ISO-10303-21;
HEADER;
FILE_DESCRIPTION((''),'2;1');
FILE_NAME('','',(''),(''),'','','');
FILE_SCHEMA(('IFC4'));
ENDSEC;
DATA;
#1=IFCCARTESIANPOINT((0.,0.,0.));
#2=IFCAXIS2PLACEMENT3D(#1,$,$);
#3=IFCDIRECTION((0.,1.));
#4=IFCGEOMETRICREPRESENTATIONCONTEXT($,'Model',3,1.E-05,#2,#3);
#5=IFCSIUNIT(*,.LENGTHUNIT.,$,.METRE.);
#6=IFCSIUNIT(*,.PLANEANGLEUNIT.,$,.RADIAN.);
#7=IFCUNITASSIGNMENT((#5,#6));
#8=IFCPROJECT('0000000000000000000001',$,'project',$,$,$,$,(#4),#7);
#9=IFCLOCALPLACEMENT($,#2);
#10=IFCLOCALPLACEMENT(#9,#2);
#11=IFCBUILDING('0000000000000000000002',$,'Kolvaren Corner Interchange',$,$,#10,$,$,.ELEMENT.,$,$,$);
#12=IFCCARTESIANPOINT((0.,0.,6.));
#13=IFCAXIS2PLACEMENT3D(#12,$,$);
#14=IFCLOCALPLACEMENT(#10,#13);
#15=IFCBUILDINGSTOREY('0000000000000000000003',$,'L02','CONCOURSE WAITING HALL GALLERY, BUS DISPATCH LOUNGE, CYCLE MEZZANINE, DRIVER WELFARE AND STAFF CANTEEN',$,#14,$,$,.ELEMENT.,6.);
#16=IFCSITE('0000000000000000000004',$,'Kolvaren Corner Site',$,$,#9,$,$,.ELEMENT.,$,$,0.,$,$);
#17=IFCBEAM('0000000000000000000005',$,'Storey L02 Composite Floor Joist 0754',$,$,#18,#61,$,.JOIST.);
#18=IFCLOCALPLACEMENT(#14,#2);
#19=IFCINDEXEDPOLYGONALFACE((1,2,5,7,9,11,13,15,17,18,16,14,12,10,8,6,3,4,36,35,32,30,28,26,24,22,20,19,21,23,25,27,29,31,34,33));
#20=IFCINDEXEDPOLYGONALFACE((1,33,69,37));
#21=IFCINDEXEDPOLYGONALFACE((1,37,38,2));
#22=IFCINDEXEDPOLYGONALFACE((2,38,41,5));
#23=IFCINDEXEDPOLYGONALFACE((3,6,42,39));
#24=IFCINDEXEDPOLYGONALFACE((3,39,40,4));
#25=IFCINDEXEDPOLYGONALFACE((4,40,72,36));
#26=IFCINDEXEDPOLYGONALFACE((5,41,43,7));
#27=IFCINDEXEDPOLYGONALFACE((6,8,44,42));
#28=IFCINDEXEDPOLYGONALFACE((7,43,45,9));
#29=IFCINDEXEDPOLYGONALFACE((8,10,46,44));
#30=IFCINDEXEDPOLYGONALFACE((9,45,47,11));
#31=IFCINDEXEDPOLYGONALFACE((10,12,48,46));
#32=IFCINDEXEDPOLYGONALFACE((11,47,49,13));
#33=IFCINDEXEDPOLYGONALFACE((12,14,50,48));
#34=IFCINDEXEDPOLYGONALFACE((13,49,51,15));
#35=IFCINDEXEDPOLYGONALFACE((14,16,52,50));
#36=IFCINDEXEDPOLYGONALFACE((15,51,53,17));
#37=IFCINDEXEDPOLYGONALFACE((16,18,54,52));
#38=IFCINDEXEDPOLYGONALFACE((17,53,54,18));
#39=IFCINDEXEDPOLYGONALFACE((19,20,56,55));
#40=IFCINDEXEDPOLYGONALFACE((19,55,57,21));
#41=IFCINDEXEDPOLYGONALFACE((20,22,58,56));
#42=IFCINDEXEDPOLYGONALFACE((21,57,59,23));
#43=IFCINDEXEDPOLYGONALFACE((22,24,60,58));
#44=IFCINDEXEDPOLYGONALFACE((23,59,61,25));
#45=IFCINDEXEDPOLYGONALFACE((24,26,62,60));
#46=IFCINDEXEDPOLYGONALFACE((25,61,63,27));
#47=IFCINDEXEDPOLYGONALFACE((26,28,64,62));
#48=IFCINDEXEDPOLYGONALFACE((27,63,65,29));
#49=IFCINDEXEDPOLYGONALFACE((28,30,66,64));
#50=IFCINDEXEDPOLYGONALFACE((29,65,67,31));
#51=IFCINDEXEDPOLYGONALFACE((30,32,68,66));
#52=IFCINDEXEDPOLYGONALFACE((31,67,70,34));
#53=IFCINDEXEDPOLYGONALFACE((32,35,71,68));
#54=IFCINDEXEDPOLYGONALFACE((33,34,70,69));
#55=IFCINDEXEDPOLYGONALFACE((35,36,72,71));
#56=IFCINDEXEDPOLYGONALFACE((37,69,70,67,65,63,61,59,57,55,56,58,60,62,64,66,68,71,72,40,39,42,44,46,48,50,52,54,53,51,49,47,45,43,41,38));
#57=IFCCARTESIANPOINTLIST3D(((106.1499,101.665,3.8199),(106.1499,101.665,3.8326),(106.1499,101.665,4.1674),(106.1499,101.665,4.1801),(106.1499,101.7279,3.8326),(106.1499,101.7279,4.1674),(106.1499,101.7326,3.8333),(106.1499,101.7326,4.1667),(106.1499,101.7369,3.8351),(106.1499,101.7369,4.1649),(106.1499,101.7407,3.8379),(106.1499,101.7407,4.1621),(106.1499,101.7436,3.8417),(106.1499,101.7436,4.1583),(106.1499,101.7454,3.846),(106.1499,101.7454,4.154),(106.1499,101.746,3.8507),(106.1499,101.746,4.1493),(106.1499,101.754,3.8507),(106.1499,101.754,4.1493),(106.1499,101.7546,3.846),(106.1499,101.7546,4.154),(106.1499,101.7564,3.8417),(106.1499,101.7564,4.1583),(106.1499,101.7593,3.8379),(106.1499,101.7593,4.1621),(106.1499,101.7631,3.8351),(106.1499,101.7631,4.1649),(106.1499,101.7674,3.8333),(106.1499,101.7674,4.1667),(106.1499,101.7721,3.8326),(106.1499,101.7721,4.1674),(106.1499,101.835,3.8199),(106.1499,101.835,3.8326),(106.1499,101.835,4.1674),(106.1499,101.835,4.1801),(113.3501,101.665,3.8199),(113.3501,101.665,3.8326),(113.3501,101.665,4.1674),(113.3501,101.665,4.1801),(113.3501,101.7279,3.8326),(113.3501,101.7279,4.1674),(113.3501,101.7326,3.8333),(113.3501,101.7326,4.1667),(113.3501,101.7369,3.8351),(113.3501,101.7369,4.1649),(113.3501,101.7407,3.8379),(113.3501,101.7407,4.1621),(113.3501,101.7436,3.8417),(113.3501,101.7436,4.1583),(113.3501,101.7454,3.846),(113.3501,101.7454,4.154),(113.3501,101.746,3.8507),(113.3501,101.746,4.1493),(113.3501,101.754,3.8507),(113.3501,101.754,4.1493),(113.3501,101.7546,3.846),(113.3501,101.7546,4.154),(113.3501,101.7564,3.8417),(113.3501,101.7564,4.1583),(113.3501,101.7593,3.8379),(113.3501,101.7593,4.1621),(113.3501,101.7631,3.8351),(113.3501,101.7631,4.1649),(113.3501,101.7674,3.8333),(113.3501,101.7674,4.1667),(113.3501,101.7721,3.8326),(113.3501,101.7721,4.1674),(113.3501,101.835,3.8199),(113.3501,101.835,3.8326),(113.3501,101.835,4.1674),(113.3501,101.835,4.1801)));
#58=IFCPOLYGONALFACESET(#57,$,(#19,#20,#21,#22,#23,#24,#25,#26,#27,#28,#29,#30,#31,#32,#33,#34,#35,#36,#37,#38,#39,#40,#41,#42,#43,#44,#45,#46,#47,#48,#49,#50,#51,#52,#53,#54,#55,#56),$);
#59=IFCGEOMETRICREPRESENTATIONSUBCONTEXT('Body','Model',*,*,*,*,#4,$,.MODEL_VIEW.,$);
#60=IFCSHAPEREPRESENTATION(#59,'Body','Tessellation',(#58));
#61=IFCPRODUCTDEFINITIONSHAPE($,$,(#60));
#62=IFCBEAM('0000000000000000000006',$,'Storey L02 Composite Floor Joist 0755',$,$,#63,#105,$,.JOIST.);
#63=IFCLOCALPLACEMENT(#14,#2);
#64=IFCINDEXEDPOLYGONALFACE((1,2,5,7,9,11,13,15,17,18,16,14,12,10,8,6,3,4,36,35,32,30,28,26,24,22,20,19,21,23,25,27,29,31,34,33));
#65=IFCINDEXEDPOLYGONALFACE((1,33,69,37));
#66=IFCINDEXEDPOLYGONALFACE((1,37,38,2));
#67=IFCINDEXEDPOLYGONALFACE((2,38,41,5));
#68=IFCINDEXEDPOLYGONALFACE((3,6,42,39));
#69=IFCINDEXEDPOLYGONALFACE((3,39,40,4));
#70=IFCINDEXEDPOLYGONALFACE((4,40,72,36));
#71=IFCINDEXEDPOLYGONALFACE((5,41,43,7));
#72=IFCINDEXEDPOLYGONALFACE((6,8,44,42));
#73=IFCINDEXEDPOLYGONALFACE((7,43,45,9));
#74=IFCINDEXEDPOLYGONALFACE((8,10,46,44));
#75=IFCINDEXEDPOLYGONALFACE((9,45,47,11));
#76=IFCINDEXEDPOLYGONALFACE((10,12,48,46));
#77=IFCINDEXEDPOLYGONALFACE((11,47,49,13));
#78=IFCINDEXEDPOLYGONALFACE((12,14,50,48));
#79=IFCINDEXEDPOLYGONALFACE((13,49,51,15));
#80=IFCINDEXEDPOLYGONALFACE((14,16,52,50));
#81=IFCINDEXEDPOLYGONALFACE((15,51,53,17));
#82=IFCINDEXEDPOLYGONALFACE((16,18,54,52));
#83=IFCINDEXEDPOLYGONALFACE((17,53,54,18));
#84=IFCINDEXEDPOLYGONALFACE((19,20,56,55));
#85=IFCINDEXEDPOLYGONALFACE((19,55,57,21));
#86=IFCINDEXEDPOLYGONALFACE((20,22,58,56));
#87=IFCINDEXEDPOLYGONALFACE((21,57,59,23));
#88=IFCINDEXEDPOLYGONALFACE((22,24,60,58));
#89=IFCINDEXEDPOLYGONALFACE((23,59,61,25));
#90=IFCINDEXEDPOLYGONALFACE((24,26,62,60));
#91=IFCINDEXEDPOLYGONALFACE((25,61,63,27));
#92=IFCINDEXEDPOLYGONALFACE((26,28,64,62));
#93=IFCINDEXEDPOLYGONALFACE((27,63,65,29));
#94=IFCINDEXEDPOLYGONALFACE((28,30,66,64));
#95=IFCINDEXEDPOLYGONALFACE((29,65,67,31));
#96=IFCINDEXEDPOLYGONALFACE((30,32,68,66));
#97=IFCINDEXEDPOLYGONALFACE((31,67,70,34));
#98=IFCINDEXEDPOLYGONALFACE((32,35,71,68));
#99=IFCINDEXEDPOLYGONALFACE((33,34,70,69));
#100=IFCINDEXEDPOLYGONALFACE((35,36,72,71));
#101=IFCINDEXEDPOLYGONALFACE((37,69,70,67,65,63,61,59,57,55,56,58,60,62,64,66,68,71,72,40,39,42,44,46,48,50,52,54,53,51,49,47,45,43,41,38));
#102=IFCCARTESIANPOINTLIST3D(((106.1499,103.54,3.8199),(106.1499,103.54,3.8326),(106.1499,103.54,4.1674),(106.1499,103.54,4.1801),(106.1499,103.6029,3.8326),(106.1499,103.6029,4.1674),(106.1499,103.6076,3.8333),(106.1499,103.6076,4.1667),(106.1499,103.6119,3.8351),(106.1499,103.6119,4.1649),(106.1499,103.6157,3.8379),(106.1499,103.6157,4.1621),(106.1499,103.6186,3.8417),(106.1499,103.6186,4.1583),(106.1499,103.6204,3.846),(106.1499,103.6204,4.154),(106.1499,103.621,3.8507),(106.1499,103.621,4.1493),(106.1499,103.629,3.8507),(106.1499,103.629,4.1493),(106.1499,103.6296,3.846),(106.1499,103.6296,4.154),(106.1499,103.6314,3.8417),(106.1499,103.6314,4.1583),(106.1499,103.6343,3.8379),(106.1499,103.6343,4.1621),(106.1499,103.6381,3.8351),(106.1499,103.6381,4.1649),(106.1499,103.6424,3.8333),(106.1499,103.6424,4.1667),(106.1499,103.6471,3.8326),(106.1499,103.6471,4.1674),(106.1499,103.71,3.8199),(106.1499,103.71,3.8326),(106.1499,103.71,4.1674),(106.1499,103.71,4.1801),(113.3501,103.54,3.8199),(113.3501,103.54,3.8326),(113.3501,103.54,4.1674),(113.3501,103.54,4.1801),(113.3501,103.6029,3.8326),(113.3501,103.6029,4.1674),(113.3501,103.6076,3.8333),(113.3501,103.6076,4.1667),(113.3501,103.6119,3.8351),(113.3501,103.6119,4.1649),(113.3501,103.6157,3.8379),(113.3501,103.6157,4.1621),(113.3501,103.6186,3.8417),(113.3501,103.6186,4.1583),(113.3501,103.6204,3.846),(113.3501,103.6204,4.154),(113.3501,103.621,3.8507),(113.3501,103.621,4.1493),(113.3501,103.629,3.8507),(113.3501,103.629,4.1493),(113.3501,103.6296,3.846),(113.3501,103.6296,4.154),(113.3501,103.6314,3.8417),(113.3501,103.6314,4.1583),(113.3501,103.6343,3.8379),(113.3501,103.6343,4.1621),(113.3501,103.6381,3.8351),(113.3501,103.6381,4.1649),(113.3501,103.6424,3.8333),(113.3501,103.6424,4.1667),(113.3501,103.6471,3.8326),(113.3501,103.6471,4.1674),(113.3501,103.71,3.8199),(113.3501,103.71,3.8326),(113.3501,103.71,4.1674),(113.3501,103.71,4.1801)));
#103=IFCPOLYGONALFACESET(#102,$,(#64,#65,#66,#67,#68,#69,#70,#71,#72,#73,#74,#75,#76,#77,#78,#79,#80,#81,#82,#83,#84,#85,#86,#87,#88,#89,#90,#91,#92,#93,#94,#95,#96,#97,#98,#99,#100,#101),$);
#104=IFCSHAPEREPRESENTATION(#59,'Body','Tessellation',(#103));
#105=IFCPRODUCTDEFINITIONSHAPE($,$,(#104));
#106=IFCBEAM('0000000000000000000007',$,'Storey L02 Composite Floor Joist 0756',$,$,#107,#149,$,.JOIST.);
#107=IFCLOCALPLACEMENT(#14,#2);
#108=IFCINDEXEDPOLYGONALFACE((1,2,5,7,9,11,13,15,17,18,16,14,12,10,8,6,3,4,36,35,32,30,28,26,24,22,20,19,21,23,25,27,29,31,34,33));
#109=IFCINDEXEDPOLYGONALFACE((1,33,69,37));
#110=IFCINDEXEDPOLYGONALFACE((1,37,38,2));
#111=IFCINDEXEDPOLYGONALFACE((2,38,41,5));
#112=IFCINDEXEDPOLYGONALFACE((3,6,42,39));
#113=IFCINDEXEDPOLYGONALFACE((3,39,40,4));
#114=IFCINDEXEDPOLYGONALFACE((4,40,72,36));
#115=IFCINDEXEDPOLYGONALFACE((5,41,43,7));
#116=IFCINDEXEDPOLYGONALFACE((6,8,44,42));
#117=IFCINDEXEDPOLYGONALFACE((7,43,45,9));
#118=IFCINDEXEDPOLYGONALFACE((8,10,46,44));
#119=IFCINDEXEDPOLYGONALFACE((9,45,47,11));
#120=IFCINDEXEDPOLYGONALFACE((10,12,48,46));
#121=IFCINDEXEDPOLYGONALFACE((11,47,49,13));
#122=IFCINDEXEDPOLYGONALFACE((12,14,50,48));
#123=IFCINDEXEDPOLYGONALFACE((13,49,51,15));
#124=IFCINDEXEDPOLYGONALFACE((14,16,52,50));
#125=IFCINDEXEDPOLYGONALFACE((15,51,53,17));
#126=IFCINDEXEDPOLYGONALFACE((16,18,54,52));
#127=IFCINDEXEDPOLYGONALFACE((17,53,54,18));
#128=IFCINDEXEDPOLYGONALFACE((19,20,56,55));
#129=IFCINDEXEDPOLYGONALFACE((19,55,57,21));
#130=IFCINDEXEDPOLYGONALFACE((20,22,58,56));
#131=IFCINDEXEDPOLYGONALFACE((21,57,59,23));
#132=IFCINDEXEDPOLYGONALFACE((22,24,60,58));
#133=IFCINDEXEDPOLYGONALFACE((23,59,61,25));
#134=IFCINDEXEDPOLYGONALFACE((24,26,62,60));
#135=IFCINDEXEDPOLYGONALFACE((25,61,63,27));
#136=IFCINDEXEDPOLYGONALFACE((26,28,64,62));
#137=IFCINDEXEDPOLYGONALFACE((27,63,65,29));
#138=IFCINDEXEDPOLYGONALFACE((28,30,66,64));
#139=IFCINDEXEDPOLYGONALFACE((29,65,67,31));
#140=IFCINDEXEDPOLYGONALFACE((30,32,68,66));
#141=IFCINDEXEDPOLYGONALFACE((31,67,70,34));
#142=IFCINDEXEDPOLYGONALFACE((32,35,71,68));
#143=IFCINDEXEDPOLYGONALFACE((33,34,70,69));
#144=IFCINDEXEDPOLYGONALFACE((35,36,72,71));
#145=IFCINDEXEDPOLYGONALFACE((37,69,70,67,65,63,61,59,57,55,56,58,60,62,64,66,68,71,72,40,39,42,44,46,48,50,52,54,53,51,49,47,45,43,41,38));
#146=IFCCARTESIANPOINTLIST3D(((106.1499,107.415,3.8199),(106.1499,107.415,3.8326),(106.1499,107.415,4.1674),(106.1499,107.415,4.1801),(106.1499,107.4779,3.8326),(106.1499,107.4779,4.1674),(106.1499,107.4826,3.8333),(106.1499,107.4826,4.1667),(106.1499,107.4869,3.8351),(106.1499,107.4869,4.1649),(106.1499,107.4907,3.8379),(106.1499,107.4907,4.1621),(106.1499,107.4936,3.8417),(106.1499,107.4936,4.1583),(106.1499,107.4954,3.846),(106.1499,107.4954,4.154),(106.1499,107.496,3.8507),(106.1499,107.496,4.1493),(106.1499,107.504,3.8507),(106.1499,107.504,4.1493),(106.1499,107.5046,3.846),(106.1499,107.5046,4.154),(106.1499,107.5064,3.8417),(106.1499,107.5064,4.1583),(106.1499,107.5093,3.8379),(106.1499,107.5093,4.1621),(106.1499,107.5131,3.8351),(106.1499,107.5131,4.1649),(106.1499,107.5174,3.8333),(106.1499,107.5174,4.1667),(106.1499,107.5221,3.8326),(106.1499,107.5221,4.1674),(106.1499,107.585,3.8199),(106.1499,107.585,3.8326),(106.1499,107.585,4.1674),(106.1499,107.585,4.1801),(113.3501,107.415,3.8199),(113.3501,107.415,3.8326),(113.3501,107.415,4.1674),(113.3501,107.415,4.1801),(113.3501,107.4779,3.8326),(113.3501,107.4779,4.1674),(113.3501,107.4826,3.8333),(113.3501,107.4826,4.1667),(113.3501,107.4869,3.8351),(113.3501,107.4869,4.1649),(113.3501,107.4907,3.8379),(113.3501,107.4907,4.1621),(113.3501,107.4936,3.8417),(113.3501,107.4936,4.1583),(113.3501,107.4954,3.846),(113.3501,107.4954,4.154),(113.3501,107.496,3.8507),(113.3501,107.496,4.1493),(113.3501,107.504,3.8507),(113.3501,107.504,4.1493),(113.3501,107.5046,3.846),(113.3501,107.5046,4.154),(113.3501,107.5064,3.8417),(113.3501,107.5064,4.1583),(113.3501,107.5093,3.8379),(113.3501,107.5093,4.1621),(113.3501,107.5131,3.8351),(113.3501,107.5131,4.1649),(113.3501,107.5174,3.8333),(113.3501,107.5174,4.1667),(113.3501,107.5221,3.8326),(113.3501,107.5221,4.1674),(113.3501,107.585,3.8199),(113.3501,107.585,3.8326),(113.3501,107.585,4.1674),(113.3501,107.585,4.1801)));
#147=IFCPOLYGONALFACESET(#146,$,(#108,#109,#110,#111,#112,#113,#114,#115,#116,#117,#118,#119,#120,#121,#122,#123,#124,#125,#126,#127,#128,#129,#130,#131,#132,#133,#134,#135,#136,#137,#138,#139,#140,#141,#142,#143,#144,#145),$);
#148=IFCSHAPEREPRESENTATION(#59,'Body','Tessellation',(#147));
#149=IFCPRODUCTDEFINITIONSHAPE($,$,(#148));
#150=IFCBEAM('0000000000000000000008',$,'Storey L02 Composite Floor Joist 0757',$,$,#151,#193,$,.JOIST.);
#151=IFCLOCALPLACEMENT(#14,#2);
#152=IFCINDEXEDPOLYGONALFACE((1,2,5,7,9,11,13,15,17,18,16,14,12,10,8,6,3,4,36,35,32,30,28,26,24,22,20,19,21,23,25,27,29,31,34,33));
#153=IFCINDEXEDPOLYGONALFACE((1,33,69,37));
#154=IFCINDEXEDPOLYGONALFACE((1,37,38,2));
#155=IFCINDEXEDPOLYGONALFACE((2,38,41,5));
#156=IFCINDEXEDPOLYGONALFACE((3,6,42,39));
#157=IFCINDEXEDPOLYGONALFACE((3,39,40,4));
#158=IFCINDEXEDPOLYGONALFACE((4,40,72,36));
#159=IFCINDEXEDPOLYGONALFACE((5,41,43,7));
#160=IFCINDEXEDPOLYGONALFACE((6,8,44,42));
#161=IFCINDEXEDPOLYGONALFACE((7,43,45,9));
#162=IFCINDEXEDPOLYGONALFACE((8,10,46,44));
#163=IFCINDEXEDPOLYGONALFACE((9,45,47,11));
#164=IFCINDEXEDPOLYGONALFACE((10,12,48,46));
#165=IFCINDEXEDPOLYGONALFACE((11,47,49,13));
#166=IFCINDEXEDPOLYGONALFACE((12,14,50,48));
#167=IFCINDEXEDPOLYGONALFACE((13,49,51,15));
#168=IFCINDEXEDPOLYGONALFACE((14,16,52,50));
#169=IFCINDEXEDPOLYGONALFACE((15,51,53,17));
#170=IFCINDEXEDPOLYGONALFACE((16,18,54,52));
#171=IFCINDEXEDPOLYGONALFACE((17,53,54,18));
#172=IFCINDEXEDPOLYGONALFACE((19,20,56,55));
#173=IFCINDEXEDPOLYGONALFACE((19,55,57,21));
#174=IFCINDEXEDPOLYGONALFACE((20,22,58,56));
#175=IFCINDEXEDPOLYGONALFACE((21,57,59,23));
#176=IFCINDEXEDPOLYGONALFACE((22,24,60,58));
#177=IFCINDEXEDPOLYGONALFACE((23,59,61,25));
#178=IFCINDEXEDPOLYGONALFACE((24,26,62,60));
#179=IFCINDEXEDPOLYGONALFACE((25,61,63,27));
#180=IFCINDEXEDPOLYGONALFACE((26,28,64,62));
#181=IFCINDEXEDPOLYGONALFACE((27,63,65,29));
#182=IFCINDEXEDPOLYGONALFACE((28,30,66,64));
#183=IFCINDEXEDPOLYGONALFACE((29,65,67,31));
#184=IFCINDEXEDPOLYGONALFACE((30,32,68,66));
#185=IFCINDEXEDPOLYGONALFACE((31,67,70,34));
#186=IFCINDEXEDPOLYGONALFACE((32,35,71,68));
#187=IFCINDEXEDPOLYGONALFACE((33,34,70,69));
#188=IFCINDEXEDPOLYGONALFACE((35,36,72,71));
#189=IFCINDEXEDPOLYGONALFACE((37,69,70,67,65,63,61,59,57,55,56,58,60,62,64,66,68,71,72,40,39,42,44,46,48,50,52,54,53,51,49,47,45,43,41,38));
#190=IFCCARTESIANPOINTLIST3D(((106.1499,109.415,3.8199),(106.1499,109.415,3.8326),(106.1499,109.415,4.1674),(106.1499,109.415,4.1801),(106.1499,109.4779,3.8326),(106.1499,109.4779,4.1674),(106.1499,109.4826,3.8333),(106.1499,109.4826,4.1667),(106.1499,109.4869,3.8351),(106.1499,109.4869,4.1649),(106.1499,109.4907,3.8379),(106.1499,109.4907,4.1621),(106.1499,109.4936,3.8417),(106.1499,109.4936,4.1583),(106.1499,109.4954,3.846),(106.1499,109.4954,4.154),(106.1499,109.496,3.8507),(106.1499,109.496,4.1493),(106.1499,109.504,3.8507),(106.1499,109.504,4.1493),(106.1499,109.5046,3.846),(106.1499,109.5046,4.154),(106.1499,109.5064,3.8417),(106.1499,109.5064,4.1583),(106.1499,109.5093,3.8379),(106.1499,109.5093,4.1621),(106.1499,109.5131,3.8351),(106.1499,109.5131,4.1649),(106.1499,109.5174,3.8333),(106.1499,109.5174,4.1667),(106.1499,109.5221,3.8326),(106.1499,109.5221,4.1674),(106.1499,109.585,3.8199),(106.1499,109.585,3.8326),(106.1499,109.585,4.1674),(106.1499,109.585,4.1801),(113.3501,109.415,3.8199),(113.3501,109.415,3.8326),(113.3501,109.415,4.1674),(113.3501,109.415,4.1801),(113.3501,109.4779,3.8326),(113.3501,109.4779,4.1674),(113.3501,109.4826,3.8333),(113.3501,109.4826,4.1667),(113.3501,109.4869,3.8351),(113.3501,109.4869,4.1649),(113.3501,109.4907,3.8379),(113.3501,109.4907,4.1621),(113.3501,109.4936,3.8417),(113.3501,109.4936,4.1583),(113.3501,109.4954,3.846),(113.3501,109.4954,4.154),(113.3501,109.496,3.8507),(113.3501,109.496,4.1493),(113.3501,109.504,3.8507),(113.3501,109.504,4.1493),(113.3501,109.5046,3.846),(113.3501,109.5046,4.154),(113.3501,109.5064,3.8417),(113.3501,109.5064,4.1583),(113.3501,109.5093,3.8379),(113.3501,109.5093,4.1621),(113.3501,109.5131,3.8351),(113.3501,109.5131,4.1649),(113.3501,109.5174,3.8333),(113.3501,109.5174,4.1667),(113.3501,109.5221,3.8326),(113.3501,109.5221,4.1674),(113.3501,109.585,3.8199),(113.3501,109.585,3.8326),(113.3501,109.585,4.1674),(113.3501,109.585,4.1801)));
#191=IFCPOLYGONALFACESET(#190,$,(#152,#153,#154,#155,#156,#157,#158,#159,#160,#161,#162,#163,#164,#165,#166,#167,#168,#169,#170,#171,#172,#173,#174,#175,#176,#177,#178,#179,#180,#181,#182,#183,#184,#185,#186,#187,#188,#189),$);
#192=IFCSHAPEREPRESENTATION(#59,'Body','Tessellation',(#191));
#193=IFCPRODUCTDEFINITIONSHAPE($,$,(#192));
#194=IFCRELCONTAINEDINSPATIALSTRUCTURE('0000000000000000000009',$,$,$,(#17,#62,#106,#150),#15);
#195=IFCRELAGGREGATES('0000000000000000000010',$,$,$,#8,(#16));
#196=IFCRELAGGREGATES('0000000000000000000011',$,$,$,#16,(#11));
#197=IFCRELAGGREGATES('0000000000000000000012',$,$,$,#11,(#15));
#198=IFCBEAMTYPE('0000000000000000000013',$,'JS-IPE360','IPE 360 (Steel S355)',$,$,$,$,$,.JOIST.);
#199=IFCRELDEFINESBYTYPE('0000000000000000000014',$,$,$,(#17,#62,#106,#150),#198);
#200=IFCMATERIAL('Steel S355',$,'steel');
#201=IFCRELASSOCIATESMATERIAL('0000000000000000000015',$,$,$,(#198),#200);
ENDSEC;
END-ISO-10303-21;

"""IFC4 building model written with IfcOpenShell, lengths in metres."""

from ifc_helpers import new_model, si_unit, direction, frame, origin, origin_2d, place, context, subcontext, project, spatial, i_section, extrude, material, material_profile, profile_set, type_object, element, save


model = new_model("IFC4")

# Units and contexts
model_context = context("Model", 3, precision=1e-05, world=origin(), true_north=direction((0.0, 1.0)))
body_context = subcontext(model_context, "Body", "Model", "MODEL_VIEW")
ifc_project = project(units=[si_unit("LENGTHUNIT", "METRE"), si_unit("PLANEANGLEUNIT", "RADIAN")], contexts=[model_context])

# Site, building, storey
site_placement = place(None, origin())
site = spatial("IfcSite", under=ifc_project, at=site_placement, Name="Kolvaren Corner Site", CompositionType="ELEMENT", RefElevation=0.0)
building_placement = place(site_placement, origin())
building = spatial("IfcBuilding", under=site, at=building_placement, Name="Kolvaren Corner Interchange", CompositionType="ELEMENT")
storey_placement = place(building_placement, frame((0.0, 0.0, 6.0)))
storey = spatial("IfcBuildingStorey", under=building, at=storey_placement, Name="L02", Description="CONCOURSE WAITING HALL GALLERY, BUS DISPATCH LOUNGE, CYCLE MEZZANINE, DRIVER WELFARE AND STAFF CANTEEN", CompositionType="ELEMENT", Elevation=6.0)

# Beams
ifc_material_1 = material(Name="Steel S355", Category="steel")
ifc_material_profile_1 = material_profile(ifc_material_1, i_section(OverallWidth=0.1699, OverallDepth=0.3601, WebThickness=0.0081, FlangeThickness=0.0127, FilletRadius=0.0181, at=origin_2d()), Name="IPE 360")
ifc_profile_set_1 = profile_set([ifc_material_profile_1], Name="Steel S355")
beam_type_1 = type_object("IfcBeamType", Name="JS-IPE360", Description="IPE 360 (Steel S355)", PredefinedType="JOIST", material=ifc_profile_set_1)
for number, where, z_axis, x_axis, name in (
    (1, (106.1499, 101.75, 4.0), (1.0, 0.0, 0.0), (0.0, 1.0, 0.0), "Storey L02 Composite Floor Joist 0754"),
    (2, (106.1499, 103.625, 4.0), (1.0, 0.0, 0.0), (0.0, 1.0, 0.0), "Storey L02 Composite Floor Joist 0755"),
    (3, (106.1499, 107.5, 4.0), (1.0, 0.0, 0.0), (0.0, 1.0, 0.0), "Storey L02 Composite Floor Joist 0756"),
    (4, (106.1499, 109.5, 4.0), (1.0, 0.0, 0.0), (0.0, 1.0, 0.0), "Storey L02 Composite Floor Joist 0757"),
):
    element("IfcBeam", number, at=place(storey_placement, frame(where, z_axis=z_axis, x_axis=x_axis)), inside=storey, type_object=beam_type_1, Name=name, PredefinedType="JOIST", context=body_context, shape_type="SweptSolid", body=[
        extrude(i_section(OverallWidth=0.1699, OverallDepth=0.3601, WebThickness=0.0081, FlangeThickness=0.0127, FilletRadius=0.0181, at=origin_2d()), origin(), (0.0, 0.0, 1.0), 7.2002),
    ])

save(model, "model.ifc")
